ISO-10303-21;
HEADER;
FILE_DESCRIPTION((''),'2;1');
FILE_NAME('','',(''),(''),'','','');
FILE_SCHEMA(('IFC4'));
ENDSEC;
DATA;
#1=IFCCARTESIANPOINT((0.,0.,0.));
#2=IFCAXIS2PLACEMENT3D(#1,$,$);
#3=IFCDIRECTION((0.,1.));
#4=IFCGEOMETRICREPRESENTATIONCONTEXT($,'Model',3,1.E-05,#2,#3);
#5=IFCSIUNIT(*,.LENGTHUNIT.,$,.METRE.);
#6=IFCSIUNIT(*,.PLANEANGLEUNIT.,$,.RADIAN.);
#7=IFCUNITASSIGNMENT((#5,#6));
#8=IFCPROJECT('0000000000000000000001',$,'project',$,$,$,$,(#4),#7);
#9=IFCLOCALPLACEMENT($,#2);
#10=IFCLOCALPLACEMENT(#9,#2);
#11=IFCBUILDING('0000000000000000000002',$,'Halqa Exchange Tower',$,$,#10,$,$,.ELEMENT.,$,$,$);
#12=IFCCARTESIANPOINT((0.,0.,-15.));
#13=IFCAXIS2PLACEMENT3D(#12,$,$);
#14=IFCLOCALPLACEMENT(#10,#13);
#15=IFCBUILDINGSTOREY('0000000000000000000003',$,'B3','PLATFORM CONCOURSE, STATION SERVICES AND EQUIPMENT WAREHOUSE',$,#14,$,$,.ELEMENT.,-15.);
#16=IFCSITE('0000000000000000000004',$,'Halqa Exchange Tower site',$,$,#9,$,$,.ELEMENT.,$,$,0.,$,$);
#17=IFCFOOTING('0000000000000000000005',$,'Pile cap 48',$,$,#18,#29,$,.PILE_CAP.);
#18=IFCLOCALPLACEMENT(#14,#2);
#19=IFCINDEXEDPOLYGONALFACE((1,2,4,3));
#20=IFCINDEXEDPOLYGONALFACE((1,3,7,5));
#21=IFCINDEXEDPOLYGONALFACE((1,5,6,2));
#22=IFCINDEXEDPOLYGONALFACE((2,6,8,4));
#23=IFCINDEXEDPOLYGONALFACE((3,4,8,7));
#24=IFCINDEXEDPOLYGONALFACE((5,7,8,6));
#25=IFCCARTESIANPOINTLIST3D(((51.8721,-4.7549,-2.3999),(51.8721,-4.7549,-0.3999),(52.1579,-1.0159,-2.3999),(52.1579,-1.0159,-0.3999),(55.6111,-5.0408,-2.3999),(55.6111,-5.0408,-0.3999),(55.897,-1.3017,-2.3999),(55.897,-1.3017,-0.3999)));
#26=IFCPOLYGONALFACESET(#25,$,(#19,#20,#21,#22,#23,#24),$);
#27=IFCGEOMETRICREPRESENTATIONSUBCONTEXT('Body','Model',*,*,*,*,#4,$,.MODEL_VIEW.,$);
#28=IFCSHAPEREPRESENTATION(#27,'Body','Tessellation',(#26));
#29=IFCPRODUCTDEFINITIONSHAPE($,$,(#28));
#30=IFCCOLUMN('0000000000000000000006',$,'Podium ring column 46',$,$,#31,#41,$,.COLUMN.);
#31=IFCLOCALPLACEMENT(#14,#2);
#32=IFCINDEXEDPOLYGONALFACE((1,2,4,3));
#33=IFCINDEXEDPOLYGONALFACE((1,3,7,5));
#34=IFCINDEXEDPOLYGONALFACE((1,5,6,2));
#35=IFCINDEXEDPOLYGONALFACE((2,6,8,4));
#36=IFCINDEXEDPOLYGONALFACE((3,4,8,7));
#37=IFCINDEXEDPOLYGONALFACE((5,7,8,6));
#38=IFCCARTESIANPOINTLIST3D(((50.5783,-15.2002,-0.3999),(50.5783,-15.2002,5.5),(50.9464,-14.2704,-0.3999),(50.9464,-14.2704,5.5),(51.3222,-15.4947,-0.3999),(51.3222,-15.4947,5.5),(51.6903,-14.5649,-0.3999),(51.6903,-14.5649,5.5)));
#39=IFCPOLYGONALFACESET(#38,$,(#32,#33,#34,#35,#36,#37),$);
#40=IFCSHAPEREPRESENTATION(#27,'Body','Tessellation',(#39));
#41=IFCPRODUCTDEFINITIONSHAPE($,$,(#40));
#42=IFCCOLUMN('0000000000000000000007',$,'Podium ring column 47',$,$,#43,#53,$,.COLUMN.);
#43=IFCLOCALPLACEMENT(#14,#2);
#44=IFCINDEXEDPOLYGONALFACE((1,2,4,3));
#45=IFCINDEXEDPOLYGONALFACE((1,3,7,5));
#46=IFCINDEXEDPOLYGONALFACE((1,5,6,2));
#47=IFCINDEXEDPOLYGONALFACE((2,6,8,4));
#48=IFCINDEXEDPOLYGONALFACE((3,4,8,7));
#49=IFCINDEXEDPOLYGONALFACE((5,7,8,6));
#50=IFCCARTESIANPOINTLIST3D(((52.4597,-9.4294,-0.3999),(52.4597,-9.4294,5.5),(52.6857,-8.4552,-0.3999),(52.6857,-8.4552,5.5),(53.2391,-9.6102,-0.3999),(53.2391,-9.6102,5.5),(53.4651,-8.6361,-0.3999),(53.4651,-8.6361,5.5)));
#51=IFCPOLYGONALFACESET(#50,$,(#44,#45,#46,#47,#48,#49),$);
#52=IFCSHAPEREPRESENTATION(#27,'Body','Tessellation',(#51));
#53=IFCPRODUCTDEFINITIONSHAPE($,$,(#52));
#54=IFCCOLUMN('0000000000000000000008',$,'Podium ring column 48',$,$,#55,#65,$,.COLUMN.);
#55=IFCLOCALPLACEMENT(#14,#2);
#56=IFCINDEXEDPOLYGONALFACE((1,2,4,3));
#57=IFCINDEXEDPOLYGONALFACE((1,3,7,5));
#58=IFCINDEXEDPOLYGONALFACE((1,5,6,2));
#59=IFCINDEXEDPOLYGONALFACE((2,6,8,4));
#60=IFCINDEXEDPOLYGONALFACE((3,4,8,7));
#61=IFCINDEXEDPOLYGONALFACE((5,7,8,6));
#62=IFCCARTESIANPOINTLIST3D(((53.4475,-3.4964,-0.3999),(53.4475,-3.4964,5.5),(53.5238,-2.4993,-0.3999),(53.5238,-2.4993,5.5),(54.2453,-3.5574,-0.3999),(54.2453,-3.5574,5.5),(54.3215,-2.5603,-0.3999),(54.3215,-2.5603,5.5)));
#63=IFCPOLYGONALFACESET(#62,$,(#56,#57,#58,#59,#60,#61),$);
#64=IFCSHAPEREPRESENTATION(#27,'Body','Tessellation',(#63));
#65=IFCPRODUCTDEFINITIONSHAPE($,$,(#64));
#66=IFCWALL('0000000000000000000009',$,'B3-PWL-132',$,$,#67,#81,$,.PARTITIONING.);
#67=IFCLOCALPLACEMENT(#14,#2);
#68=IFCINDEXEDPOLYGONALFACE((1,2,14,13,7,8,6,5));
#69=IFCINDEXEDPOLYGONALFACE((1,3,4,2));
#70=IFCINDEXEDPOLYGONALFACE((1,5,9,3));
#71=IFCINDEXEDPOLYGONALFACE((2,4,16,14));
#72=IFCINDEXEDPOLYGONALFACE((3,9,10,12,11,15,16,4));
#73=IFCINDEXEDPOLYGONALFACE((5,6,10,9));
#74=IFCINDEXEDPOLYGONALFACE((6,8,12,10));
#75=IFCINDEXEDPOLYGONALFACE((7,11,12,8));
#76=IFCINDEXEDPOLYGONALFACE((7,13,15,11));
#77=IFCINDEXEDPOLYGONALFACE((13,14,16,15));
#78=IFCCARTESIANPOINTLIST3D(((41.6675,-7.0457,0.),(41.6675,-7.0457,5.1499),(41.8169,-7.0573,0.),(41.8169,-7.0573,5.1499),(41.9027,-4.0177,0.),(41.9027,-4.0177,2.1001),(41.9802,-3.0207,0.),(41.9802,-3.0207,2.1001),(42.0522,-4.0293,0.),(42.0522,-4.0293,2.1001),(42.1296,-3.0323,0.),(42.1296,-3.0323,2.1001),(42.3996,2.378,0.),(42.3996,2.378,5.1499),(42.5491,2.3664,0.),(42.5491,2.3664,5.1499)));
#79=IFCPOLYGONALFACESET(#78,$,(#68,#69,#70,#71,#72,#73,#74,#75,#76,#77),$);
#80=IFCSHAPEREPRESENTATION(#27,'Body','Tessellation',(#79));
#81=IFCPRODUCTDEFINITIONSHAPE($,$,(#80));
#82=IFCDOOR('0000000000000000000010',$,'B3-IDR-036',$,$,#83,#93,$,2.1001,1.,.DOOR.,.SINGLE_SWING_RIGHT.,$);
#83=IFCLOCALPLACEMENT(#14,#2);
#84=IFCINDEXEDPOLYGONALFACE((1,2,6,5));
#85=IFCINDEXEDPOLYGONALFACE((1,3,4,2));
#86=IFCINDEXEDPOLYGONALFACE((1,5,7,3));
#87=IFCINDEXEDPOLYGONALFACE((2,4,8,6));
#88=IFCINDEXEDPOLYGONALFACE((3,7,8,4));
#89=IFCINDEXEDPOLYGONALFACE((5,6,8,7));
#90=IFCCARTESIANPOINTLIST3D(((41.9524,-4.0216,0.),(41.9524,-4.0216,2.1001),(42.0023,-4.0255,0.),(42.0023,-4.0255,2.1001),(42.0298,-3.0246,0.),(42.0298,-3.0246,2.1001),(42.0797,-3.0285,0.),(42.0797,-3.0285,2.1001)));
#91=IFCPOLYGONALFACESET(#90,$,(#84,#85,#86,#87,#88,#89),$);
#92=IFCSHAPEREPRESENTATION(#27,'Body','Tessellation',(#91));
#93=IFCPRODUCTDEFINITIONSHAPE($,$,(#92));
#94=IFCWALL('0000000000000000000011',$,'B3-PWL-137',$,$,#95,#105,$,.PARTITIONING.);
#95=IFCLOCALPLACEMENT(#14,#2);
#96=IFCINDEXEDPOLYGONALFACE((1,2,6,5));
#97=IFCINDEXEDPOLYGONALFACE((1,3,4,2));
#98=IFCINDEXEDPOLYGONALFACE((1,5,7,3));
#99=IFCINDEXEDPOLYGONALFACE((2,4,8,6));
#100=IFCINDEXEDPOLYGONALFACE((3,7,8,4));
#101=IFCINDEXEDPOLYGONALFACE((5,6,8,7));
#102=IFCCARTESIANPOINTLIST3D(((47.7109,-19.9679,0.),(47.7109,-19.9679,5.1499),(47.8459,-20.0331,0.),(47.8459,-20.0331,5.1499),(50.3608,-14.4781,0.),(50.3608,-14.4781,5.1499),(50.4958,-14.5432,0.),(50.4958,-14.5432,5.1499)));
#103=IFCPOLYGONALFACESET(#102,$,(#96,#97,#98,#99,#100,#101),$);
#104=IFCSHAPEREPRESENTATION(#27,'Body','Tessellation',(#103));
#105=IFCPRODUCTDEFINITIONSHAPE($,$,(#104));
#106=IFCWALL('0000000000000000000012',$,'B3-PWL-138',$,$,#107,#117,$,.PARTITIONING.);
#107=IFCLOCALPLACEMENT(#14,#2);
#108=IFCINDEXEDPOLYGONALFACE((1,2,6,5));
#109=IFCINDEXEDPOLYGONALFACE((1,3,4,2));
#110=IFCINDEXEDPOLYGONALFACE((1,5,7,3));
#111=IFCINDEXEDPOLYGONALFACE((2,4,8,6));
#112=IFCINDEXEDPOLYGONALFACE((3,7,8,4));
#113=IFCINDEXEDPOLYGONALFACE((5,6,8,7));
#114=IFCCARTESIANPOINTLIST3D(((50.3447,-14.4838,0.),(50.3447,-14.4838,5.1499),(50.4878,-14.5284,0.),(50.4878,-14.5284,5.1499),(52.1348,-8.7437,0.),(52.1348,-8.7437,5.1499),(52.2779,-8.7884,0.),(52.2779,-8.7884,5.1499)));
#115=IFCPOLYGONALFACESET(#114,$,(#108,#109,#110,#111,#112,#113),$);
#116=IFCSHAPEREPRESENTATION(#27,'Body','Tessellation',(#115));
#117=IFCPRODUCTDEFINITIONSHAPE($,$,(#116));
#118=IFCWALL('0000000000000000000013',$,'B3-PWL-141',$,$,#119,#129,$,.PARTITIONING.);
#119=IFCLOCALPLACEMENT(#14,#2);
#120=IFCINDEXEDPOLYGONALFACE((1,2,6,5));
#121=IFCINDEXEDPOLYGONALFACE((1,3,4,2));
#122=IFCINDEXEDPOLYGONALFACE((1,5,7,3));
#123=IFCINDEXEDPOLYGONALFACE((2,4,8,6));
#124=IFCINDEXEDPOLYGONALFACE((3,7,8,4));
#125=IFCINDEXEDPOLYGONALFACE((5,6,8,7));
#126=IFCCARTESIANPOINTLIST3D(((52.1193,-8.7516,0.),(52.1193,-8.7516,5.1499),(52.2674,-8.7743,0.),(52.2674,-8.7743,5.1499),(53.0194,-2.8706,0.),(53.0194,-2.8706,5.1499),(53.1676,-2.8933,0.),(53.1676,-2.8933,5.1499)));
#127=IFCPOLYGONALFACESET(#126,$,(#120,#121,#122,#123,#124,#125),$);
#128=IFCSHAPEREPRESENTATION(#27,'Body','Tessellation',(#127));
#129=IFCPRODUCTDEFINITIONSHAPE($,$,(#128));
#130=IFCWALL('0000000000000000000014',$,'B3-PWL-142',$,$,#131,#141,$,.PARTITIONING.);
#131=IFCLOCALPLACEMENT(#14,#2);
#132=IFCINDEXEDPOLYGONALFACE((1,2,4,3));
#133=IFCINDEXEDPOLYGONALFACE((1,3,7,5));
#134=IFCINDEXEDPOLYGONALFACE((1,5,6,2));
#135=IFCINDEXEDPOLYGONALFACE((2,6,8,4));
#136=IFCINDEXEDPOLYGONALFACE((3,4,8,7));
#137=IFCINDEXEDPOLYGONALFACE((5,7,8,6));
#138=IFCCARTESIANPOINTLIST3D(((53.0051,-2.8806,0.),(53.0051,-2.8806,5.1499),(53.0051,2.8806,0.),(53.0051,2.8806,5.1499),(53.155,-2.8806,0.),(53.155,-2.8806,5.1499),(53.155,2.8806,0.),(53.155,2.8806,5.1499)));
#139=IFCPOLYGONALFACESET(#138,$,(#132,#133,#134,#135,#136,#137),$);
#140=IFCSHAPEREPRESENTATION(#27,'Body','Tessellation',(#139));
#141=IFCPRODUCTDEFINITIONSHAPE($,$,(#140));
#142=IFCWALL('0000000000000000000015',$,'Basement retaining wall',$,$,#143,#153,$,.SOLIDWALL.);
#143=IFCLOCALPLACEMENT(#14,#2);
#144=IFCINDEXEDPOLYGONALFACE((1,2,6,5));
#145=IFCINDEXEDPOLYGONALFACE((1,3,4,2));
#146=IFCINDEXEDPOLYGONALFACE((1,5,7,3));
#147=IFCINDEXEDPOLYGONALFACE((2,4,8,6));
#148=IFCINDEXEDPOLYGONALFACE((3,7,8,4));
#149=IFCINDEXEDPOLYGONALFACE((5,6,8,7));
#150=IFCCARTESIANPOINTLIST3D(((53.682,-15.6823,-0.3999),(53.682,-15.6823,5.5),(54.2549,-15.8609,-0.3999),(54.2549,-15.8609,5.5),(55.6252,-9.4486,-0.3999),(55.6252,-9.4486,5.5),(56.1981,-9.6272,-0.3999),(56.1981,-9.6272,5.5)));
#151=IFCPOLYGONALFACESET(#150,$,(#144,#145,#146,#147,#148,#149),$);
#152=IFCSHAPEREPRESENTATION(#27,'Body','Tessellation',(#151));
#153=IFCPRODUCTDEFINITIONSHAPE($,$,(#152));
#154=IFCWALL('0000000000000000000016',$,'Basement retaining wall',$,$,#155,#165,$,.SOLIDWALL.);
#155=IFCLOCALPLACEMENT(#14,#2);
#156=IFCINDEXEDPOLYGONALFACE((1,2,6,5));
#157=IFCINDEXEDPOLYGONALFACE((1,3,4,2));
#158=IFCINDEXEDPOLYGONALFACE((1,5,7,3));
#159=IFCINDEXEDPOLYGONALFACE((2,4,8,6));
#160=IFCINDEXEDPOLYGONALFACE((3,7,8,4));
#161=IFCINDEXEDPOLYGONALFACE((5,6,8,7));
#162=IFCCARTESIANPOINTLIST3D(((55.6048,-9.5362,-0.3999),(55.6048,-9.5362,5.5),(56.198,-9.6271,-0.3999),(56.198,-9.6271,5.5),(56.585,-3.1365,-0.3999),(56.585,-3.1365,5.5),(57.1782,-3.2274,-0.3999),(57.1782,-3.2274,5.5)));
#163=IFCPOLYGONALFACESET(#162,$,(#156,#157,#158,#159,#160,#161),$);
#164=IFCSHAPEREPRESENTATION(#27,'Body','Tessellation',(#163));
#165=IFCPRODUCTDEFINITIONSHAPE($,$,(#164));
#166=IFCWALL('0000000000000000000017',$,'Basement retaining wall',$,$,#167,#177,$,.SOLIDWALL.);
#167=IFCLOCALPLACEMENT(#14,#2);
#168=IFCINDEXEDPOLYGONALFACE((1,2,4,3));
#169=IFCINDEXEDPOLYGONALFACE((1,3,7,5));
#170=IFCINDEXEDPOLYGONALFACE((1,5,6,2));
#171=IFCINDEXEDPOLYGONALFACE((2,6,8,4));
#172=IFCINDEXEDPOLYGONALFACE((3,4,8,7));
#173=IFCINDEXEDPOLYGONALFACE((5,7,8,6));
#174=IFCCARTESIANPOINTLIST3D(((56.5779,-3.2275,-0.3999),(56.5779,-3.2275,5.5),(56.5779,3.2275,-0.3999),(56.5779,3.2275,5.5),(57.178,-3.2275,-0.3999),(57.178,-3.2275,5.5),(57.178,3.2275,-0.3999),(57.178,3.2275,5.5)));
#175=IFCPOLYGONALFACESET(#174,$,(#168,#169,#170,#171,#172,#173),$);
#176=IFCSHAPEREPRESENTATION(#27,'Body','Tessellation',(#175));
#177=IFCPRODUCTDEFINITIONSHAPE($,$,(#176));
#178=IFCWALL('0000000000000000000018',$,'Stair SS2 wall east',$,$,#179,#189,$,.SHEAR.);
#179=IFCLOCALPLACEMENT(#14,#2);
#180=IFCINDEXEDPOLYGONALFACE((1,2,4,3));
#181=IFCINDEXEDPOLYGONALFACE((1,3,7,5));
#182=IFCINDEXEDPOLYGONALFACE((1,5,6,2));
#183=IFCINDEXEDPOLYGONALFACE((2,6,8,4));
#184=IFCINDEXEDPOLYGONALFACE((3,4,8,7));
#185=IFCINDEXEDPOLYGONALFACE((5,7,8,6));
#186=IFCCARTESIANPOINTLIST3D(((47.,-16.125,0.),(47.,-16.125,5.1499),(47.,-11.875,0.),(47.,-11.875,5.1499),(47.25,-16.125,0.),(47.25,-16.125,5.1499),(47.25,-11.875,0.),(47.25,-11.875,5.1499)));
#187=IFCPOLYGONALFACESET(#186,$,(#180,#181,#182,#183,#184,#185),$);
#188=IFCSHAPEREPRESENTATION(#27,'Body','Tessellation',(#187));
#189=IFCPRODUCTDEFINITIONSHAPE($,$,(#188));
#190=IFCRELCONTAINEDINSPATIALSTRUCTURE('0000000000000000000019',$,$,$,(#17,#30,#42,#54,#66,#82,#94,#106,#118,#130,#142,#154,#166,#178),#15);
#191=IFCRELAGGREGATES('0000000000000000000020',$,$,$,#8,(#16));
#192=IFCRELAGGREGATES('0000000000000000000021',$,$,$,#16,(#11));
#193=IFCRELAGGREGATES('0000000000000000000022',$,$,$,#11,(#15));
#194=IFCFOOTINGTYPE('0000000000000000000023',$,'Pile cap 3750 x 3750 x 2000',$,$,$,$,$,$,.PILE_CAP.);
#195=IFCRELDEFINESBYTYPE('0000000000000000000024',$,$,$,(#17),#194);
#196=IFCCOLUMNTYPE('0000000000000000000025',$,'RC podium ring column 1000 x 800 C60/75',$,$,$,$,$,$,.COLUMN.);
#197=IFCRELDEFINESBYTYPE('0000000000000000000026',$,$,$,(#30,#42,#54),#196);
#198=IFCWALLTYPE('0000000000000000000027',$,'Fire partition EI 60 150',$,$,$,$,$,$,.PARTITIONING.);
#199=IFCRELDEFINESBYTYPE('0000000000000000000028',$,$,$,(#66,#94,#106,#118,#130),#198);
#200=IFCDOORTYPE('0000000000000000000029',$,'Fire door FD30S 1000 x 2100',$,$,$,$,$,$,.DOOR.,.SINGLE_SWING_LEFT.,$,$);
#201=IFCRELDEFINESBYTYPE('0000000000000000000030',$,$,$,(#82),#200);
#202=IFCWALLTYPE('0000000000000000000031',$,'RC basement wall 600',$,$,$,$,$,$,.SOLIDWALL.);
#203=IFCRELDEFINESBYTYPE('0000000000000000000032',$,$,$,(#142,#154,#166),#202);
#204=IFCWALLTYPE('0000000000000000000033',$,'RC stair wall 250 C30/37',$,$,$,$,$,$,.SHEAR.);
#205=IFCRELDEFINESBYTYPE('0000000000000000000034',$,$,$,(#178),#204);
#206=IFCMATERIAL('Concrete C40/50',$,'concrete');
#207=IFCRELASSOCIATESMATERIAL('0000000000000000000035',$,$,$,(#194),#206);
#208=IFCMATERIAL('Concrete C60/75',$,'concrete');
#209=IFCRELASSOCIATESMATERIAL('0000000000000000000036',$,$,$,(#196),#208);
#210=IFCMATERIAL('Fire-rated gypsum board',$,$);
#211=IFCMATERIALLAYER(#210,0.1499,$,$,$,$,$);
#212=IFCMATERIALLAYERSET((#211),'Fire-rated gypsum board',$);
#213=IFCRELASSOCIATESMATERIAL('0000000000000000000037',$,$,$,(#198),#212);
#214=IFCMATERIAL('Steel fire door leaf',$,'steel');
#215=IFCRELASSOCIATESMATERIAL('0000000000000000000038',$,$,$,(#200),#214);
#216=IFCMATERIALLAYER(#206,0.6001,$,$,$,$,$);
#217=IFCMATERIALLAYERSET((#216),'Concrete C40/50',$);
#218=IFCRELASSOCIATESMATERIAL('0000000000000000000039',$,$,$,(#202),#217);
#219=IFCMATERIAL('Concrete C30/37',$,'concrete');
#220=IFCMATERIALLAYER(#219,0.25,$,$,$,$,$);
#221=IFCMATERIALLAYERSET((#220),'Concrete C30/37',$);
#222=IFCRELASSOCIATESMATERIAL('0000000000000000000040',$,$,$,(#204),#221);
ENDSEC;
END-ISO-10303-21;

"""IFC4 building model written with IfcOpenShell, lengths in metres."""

from ifc_helpers import new_model, si_unit, direction, frame, frame_2d, origin, origin_2d, place, context, subcontext, project, spatial, rectangle, extrude, material, layer, layer_set, material_profile, profile_set, type_object, element, fill, save


model = new_model("IFC4")

# Units and contexts
model_context = context("Model", 3, precision=1e-05, world=origin(), true_north=direction((0.0, 1.0)))
body_context = subcontext(model_context, "Body", "Model", "MODEL_VIEW")
ifc_project = project(units=[si_unit("LENGTHUNIT", "METRE"), si_unit("PLANEANGLEUNIT", "RADIAN")], contexts=[model_context])

# Site, building, storey
site_placement = place(None, origin())
site = spatial("IfcSite", under=ifc_project, at=site_placement, Name="Halqa Exchange Tower site", CompositionType="ELEMENT", RefElevation=0.0)
building_placement = place(site_placement, origin())
building = spatial("IfcBuilding", under=site, at=building_placement, Name="Halqa Exchange Tower", CompositionType="ELEMENT")
storey_placement = place(building_placement, frame((0.0, 0.0, -15.0)))
storey = spatial("IfcBuildingStorey", under=building, at=storey_placement, Name="B3", Description="PLATFORM CONCOURSE, STATION SERVICES AND EQUIPMENT WAREHOUSE", CompositionType="ELEMENT", Elevation=-15.0)

# Footing
ifc_material_1 = material(Name="Concrete C40/50", Category="concrete")
footing_type = type_object("IfcFootingType", Name="Pile cap 3750 x 3750 x 2000", PredefinedType="PILE_CAP", material=ifc_material_1)
for number, where, z_axis, x_axis, name in (
    (1, (53.8845, -3.0283, -2.3999), (0.0, 0.0, 1.0), (0.076223, 0.997091, 0.0), "Pile cap 48"),
):
    element("IfcFooting", number, at=place(storey_placement, frame(where, z_axis=z_axis, x_axis=x_axis)), inside=storey, type_object=footing_type, Name=name, PredefinedType="PILE_CAP", context=body_context, shape_type="SweptSolid", body=[
        extrude(rectangle(XDim=3.75, YDim=3.75, at=origin_2d()), origin(), (0.0, 0.0, 1.0), 2.0),
    ])

# Columns
ifc_material_2 = material(Name="Concrete C60/75", Category="concrete")
ifc_material_profile_1 = material_profile(ifc_material_2, rectangle(XDim=1.0, YDim=0.8, at=origin_2d()), Name="1000 x 800")
ifc_profile_set_1 = profile_set([ifc_material_profile_1], Name="Concrete C60/75")
column_type = type_object("IfcColumnType", Name="RC podium ring column 1000 x 800 C60/75", PredefinedType="COLUMN", material=ifc_profile_set_1)
for number, where, z_axis, x_axis, name in (
    (2, (51.1343, -14.8826, -0.3999), (0.0, 0.0, 1.0), (0.36811, 0.929782, 0.0), "Podium ring column 46"),
    (3, (52.9624, -9.0327, -0.3999), (0.0, 0.0, 1.0), (0.225997, 0.974128, 0.0), "Podium ring column 47"),
    (4, (53.8845, -3.0283, -0.3999), (0.0, 0.0, 1.0), (0.076223, 0.997091, 0.0), "Podium ring column 48"),
):
    element("IfcColumn", number, at=place(storey_placement, frame(where, z_axis=z_axis, x_axis=x_axis)), inside=storey, type_object=column_type, Name=name, PredefinedType="COLUMN", context=body_context, shape_type="SweptSolid", body=[
        extrude(rectangle(XDim=1.0, YDim=0.8, at=origin_2d()), origin(), (0.0, 0.0, 1.0), 5.8999),
    ])

# Wall, opening, door
ifc_material_3 = material(Name="Fire-rated gypsum board")
ifc_layer_1 = layer(ifc_material_3, 0.1499)
ifc_layer_set_1 = layer_set([ifc_layer_1], Name="Fire-rated gypsum board")
wall_type_1 = type_object("IfcWallType", Name="Fire partition EI 60 150", PredefinedType="PARTITIONING", material=ifc_layer_set_1)
wall_1_placement = place(storey_placement, frame((41.7422, -7.0515, 0.0), z_axis=(0.0, 0.0, 1.0), x_axis=(0.077461, 0.996995, 0.0)))
wall_1 = element("IfcWall", 5, at=wall_1_placement, inside=storey, type_object=wall_type_1, Name="B3-PWL-132", PredefinedType="PARTITIONING", context=body_context, shape_type="SweptSolid", body=[
    extrude(rectangle(XDim=9.4521, YDim=0.1499, at=frame_2d((4.7261, 0.0))), origin(), (0.0, 0.0, 1.0), 5.1499),
])
opening_placement = place(wall_1_placement, frame((3.0371, 0.0, 0.0)))
opening = element("IfcOpeningElement", 6, at=opening_placement, cuts=wall_1, PredefinedType="OPENING", context=body_context, shape_type="SweptSolid", body=[
    extrude(rectangle(XDim=1.0, YDim=2.1001, at=frame_2d((0.5, 1.05))), frame((0.0, 0.0869, 0.0), z_axis=(0.0, -1.0, 0.0), x_axis=(1.0, 0.0, 0.0)), (0.0, 0.0, 1.0), 0.1738),
])
ifc_material_4 = material(Name="Steel fire door leaf", Category="steel")
door_type = type_object("IfcDoorType", Name="Fire door FD30S 1000 x 2100", OperationType="SINGLE_SWING_LEFT", PredefinedType="DOOR", material=ifc_material_4)
door_placement = place(opening_placement, frame((1.0, 0.0, 0.0), z_axis=(0.0, 0.0, 1.0), x_axis=(-1.0, 0.0, 0.0)))
door = element("IfcDoor", 7, at=door_placement, inside=storey, type_object=door_type, Name="B3-IDR-036", OperationType="SINGLE_SWING_RIGHT", OverallHeight=2.1001, OverallWidth=1.0, PredefinedType="DOOR", context=body_context, shape_type="SweptSolid", body=[
    extrude(rectangle(XDim=1.0, YDim=2.1001, at=frame_2d((0.5, 1.05))), frame((0.0, 0.0249, 0.0), z_axis=(0.0, -1.0, 0.0), x_axis=(1.0, 0.0, 0.0)), (0.0, 0.0, 1.0), 0.05),
])
fill(opening, door)

# Walls
wall_2_placement = place(storey_placement, frame((50.4282, -14.5107, 0.0), z_axis=(0.0, 0.0, 1.0), x_axis=(-0.434691, -0.90058, 0.0)))
element("IfcWall", 8, at=wall_2_placement, inside=storey, type_object=wall_type_1, Name="B3-PWL-137", PredefinedType="PARTITIONING", context=body_context, shape_type="SweptSolid", body=[
    extrude(rectangle(XDim=6.0959, YDim=0.1499, at=frame_2d((3.0479, 0.0))), origin(), (0.0, 0.0, 1.0), 5.1499),
])
wall_3_placement = place(storey_placement, frame((50.4163, -14.5061, 0.0), z_axis=(0.0, 0.0, 1.0), x_axis=(0.297713, 0.954655, 0.0)))
element("IfcWall", 9, at=wall_3_placement, inside=storey, type_object=wall_type_1, Name="B3-PWL-138", PredefinedType="PARTITIONING", context=body_context, shape_type="SweptSolid", body=[
    extrude(rectangle(XDim=6.0127, YDim=0.1499, at=frame_2d((3.0063, 0.0))), origin(), (0.0, 0.0, 1.0), 5.1499),
])
wall_4_placement = place(storey_placement, frame((53.0935, -2.8821, 0.0), z_axis=(0.0, 0.0, 1.0), x_axis=(-0.151302, -0.988488, 0.0)))
element("IfcWall", 10, at=wall_4_placement, inside=storey, type_object=wall_type_1, Name="B3-PWL-141", PredefinedType="PARTITIONING", context=body_context, shape_type="SweptSolid", body=[
    extrude(rectangle(XDim=5.9495, YDim=0.1499, at=frame_2d((2.9746, 0.0))), origin(), (0.0, 0.0, 1.0), 5.1499),
])
wall_5_placement = place(storey_placement, frame((53.0801, -2.8806, 0.0), z_axis=(0.0, 0.0, 1.0), x_axis=(0.0, 1.0, 0.0)))
element("IfcWall", 11, at=wall_5_placement, inside=storey, type_object=wall_type_1, Name="B3-PWL-142", PredefinedType="PARTITIONING", context=body_context, shape_type="SweptSolid", body=[
    extrude(rectangle(XDim=5.7612, YDim=0.1499, at=frame_2d((2.8806, 0.0))), origin(), (0.0, 0.0, 1.0), 5.1499),
])
ifc_layer_2 = layer(ifc_material_1, 0.6001)
ifc_layer_set_2 = layer_set([ifc_layer_2], Name="Concrete C40/50")
wall_type_2 = type_object("IfcWallType", Name="RC basement wall 600", PredefinedType="SOLIDWALL", material=ifc_layer_set_2)
wall_6_placement = place(storey_placement, frame((53.9685, -15.7715, -0.3999), z_axis=(0.0, 0.0, 1.0), x_axis=(0.297592, 0.954693, 0.0)))
element("IfcWall", 12, at=wall_6_placement, inside=storey, type_object=wall_type_2, Name="Basement retaining wall", PredefinedType="SOLIDWALL", context=body_context, shape_type="SweptSolid", body=[
    extrude(rectangle(XDim=6.5295, YDim=0.6001, at=frame_2d((3.2646, 0.0))), origin(), (0.0, 0.0, 1.0), 5.8999),
])
wall_7_placement = place(storey_placement, frame((55.9014, -9.5818, -0.3999), z_axis=(0.0, 0.0, 1.0), x_axis=(0.151403, 0.988472, 0.0)))
element("IfcWall", 13, at=wall_7_placement, inside=storey, type_object=wall_type_2, Name="Basement retaining wall", PredefinedType="SOLIDWALL", context=body_context, shape_type="SweptSolid", body=[
    extrude(rectangle(XDim=6.4744, YDim=0.6001, at=frame_2d((3.2373, 0.0))), origin(), (0.0, 0.0, 1.0), 5.8999),
])
wall_8_placement = place(storey_placement, frame((56.8779, -3.2275, -0.3999), z_axis=(0.0, 0.0, 1.0), x_axis=(0.0, 1.0, 0.0)))
element("IfcWall", 14, at=wall_8_placement, inside=storey, type_object=wall_type_2, Name="Basement retaining wall", PredefinedType="SOLIDWALL", context=body_context, shape_type="SweptSolid", body=[
    extrude(rectangle(XDim=6.4551, YDim=0.6001, at=frame_2d((3.2275, 0.0))), origin(), (0.0, 0.0, 1.0), 5.8999),
])
ifc_material_5 = material(Name="Concrete C30/37", Category="concrete")
ifc_layer_3 = layer(ifc_material_5, 0.25)
ifc_layer_set_3 = layer_set([ifc_layer_3], Name="Concrete C30/37")
wall_type_3 = type_object("IfcWallType", Name="RC stair wall 250 C30/37", PredefinedType="SHEAR", material=ifc_layer_set_3)
wall_9_placement = place(storey_placement, frame((47.125, -16.125, 0.0), z_axis=(0.0, 0.0, 1.0), x_axis=(0.0, 1.0, 0.0)))
element("IfcWall", 15, at=wall_9_placement, inside=storey, type_object=wall_type_3, Name="Stair SS2 wall east", PredefinedType="SHEAR", context=body_context, shape_type="SweptSolid", body=[
    extrude(rectangle(XDim=4.25, YDim=0.25, at=frame_2d((2.125, 0.0))), origin(), (0.0, 0.0, 1.0), 5.1499),
])

save(model, "model.ifc")
